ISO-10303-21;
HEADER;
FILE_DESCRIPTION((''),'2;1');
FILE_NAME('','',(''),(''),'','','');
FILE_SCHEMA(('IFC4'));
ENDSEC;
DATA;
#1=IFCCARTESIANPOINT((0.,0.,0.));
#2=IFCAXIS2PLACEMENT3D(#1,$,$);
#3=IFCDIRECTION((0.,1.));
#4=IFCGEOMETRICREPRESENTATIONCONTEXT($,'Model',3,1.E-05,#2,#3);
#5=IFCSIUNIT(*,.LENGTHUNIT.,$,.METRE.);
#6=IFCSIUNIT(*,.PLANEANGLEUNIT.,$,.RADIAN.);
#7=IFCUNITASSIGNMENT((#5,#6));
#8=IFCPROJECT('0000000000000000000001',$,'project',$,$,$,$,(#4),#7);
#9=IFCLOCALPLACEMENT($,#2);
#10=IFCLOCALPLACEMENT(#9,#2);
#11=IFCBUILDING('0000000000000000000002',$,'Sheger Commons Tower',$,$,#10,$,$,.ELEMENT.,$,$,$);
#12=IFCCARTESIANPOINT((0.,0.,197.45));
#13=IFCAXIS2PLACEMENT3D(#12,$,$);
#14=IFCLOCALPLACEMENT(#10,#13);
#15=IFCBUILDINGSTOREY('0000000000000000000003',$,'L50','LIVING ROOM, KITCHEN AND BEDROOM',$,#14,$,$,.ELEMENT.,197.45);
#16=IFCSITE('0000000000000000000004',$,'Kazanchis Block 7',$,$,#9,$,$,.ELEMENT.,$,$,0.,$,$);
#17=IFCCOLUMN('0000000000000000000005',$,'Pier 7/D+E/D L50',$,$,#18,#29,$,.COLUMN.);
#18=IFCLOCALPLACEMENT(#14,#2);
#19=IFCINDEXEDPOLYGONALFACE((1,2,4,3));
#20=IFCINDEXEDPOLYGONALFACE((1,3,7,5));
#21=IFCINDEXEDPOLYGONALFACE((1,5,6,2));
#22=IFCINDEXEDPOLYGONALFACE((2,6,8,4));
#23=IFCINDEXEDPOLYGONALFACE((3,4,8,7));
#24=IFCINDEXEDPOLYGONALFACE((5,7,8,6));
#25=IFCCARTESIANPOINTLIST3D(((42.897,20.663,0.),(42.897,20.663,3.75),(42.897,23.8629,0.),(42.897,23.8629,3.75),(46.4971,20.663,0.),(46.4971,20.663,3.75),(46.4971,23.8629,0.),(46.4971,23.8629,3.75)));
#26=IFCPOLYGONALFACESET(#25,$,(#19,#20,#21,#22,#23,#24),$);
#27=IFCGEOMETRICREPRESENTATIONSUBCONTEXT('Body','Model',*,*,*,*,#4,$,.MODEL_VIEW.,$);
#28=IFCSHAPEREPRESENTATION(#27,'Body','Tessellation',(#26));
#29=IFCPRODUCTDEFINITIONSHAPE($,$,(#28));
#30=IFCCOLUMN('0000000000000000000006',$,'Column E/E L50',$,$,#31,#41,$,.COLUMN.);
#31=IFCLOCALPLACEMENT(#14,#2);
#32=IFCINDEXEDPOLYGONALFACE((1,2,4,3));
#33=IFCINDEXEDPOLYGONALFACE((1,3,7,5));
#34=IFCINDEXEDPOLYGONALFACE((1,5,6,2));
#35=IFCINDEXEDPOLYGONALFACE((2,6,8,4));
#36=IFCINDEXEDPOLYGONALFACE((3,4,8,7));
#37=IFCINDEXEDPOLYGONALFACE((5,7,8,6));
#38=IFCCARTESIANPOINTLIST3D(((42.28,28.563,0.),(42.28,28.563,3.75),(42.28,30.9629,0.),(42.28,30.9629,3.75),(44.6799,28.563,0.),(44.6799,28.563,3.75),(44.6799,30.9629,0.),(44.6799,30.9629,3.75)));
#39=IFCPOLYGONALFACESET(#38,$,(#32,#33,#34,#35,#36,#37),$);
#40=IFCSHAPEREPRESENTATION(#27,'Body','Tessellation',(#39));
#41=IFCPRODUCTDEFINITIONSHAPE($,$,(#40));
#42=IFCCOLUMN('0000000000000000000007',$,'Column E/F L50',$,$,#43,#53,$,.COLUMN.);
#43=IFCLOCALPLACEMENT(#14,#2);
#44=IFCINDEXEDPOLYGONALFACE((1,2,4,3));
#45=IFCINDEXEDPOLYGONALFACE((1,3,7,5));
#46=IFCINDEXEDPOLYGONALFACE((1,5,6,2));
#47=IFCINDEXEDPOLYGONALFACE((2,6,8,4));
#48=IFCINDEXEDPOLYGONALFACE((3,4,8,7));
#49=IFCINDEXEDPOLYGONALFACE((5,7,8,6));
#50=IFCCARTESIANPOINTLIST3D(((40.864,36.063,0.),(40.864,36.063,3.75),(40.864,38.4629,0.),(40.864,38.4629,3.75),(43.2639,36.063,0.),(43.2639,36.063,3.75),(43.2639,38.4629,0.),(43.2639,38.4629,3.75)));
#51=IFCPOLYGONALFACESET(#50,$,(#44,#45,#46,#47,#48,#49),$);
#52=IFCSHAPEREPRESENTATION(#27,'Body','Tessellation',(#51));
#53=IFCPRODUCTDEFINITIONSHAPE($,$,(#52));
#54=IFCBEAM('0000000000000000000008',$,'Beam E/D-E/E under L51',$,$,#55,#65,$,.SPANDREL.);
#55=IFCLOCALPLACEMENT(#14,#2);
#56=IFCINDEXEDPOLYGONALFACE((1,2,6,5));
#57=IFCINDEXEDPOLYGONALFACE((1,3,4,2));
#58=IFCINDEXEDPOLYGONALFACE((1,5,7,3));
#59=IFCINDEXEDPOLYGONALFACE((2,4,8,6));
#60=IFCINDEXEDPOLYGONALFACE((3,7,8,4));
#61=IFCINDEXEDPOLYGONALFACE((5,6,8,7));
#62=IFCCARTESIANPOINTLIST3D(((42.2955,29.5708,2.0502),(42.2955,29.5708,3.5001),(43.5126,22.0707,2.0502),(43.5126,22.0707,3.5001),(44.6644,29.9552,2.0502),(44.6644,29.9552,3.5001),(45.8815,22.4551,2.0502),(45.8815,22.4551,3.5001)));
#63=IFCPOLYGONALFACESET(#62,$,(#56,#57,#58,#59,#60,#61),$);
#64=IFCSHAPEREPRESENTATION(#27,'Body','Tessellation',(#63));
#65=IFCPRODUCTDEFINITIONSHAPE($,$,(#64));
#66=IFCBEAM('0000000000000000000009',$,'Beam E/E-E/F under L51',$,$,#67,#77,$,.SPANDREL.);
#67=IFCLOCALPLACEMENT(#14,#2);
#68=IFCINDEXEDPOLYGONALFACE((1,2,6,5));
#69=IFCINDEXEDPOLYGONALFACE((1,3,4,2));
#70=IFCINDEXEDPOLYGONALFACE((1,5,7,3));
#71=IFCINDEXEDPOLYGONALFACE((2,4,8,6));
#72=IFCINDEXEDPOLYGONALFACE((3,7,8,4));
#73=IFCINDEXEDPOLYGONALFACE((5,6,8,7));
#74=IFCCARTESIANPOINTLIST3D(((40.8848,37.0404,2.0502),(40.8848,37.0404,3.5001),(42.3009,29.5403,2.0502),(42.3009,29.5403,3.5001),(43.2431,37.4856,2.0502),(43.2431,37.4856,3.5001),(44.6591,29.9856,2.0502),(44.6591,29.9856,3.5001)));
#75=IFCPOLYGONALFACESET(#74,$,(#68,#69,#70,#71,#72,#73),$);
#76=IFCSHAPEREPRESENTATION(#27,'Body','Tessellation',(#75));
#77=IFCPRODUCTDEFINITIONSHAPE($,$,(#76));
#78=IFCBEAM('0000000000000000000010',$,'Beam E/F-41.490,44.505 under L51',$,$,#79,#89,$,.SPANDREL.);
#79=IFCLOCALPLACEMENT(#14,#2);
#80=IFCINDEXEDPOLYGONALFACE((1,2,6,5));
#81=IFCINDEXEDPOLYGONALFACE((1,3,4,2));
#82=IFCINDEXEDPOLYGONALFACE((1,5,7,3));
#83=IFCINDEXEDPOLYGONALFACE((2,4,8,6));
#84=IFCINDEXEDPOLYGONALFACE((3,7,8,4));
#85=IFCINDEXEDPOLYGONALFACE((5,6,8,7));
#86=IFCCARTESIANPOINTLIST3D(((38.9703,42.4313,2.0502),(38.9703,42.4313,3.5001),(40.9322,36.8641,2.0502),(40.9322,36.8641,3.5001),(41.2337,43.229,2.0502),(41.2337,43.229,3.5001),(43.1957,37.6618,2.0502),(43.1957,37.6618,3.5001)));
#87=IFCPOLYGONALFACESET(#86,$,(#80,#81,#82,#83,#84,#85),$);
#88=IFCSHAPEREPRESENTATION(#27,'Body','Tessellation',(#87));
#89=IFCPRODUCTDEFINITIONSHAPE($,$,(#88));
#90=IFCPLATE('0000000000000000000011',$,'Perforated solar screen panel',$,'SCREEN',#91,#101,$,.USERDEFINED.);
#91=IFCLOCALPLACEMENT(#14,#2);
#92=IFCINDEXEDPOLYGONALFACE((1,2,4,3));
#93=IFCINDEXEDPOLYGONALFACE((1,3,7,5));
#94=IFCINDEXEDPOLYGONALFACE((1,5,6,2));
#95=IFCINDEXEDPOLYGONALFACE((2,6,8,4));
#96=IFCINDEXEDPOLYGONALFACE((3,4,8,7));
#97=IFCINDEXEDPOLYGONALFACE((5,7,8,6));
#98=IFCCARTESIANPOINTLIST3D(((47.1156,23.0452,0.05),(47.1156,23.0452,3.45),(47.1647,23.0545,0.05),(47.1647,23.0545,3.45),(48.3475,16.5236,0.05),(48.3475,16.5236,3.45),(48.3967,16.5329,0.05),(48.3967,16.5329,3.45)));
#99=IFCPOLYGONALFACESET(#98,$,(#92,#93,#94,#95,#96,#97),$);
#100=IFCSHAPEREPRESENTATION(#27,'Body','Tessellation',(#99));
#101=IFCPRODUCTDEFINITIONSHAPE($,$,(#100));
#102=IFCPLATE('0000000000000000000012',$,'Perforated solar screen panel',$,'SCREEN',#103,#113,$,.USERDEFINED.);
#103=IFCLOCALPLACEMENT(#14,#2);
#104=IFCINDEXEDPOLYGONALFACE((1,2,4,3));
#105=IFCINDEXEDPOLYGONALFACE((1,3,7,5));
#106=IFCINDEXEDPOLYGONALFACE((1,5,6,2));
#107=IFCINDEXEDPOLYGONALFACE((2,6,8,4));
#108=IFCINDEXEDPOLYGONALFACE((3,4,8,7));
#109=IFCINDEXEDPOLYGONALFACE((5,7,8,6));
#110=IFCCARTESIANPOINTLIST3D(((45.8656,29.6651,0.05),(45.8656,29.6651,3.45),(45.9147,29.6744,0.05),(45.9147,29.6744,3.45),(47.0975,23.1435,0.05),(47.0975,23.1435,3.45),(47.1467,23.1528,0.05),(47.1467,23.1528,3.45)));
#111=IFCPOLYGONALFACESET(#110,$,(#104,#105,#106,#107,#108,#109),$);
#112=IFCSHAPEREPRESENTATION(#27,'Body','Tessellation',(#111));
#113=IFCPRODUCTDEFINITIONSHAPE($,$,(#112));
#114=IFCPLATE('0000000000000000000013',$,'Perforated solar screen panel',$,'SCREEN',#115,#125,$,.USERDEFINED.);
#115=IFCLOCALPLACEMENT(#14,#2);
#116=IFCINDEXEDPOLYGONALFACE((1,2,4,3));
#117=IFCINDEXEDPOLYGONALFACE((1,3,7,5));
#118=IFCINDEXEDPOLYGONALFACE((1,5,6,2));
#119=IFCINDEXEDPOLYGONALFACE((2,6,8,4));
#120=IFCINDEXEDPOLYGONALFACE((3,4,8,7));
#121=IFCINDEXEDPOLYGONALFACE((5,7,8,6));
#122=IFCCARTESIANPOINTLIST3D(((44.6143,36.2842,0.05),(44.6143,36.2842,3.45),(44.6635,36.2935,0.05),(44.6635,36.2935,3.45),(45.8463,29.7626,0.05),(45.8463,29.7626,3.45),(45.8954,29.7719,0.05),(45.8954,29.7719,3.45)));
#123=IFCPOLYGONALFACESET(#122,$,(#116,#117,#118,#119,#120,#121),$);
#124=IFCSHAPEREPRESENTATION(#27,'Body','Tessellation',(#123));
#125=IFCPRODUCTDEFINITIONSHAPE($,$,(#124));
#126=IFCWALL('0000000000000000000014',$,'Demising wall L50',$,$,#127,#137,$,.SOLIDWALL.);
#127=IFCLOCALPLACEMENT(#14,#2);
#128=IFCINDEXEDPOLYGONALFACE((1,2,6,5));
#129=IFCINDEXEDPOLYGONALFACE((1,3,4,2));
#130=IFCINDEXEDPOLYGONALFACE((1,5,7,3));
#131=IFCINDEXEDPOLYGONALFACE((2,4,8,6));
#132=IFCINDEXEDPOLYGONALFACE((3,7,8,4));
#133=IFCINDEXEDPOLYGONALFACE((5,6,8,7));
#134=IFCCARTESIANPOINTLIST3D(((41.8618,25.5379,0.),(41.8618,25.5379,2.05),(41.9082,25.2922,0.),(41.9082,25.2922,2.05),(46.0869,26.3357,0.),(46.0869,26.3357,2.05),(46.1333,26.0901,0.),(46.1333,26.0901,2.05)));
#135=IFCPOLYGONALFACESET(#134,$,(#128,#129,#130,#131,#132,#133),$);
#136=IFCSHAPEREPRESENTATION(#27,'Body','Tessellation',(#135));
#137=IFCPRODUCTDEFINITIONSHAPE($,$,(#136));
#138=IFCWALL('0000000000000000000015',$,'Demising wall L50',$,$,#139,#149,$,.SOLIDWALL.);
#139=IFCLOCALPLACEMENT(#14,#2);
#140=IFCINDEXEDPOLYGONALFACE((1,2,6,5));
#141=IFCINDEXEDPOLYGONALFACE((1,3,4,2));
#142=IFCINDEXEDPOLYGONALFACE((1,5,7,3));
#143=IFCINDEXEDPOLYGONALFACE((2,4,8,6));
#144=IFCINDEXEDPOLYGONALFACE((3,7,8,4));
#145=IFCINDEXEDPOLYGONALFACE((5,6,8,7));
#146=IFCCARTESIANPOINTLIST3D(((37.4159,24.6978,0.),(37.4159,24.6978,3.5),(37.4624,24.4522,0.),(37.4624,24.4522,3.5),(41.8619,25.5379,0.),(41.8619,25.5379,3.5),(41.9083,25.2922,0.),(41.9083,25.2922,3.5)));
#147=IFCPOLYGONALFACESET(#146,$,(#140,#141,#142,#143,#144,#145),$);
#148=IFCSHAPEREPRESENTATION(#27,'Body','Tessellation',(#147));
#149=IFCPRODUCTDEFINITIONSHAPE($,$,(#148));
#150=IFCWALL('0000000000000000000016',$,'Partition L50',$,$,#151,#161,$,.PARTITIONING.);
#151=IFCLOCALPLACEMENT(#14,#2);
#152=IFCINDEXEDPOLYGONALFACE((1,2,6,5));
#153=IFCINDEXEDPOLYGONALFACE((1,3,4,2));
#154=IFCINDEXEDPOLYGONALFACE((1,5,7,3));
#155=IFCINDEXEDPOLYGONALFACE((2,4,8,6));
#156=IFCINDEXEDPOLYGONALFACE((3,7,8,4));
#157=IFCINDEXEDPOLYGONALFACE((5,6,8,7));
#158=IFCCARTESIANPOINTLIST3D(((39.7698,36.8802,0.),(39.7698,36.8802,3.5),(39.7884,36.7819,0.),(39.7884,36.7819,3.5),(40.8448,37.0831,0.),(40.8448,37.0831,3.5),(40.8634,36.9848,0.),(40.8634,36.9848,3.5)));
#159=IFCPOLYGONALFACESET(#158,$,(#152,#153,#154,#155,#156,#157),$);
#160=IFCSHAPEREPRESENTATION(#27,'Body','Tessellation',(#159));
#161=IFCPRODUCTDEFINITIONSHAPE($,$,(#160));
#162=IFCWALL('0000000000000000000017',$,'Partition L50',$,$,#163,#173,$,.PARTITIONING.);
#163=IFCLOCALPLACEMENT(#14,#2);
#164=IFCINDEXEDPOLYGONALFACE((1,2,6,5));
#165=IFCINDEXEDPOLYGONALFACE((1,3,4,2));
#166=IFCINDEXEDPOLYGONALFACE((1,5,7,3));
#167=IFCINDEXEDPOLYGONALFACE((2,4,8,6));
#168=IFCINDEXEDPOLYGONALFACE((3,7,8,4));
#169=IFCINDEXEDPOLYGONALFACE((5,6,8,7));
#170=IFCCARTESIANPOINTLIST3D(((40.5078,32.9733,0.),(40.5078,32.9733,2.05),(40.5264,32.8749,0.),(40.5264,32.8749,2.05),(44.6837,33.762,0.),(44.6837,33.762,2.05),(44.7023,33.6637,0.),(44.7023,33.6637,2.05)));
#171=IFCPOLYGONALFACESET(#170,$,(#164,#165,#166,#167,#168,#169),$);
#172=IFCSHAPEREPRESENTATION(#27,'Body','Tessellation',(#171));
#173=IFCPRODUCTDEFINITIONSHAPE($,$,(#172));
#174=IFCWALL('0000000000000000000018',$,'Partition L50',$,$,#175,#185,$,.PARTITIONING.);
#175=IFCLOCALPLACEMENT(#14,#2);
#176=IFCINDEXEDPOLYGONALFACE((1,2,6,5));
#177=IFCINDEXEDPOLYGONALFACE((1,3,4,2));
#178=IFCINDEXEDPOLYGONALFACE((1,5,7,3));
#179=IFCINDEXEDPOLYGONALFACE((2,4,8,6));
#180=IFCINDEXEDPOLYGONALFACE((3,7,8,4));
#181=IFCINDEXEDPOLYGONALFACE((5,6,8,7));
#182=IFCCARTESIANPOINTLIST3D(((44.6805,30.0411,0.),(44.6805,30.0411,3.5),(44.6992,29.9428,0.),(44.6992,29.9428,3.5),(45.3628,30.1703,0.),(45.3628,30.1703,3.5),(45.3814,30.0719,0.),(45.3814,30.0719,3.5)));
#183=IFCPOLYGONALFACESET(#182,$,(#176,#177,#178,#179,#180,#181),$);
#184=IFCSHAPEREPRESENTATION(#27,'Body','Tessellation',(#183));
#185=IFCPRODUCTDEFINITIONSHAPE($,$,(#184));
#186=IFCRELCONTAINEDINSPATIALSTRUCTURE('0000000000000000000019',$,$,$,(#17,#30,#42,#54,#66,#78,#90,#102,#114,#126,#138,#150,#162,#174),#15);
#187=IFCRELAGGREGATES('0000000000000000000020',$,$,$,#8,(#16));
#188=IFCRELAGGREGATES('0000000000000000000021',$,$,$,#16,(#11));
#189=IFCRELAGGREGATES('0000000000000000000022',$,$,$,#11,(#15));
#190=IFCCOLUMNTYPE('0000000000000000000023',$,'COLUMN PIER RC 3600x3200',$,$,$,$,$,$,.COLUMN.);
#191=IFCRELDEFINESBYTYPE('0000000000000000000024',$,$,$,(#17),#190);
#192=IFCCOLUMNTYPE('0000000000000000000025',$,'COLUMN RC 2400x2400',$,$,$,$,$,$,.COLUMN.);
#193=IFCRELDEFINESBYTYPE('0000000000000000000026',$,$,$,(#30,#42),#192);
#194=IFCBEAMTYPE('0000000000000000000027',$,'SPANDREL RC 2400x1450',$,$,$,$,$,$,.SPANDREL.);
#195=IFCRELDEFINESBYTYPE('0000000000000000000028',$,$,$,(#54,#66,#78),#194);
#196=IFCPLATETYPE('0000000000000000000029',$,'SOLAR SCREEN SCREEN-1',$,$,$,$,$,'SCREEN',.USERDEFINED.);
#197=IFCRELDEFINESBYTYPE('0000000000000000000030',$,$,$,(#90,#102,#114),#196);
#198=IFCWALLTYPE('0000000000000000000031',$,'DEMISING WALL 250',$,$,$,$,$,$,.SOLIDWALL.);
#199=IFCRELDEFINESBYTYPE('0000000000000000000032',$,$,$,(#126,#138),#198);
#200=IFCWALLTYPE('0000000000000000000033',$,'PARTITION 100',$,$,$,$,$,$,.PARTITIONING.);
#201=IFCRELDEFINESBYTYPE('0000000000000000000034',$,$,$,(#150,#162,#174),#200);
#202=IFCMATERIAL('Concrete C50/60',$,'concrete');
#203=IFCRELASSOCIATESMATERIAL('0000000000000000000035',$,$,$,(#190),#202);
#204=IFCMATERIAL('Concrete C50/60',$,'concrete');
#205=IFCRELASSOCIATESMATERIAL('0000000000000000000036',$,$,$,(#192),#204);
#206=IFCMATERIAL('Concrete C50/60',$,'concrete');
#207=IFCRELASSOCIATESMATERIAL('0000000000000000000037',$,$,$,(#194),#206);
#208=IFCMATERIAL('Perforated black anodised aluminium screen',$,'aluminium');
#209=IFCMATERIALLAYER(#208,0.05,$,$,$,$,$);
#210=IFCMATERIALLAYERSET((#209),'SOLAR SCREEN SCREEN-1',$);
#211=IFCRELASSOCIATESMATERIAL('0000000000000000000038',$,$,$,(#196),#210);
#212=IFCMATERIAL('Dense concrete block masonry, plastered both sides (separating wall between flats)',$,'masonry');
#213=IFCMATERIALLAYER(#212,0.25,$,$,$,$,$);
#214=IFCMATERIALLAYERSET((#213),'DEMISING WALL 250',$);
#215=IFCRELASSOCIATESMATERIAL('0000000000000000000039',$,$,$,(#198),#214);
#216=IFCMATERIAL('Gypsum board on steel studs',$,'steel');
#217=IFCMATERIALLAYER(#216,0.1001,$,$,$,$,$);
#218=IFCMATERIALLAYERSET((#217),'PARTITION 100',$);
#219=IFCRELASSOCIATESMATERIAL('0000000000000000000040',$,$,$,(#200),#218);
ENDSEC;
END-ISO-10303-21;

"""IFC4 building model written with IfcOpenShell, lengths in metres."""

from ifc_helpers import new_model, si_unit, direction, frame, frame_2d, origin, origin_2d, place, context, subcontext, project, spatial, rectangle, extrude, material, layer, layer_set, material_profile, profile_set, type_object, element, save


model = new_model("IFC4")

# Units and contexts
model_context = context("Model", 3, precision=1e-05, world=origin(), true_north=direction((0.0, 1.0)))
body_context = subcontext(model_context, "Body", "Model", "MODEL_VIEW")
ifc_project = project(units=[si_unit("LENGTHUNIT", "METRE"), si_unit("PLANEANGLEUNIT", "RADIAN")], contexts=[model_context])

# Site, building, storey
site_placement = place(None, origin())
site = spatial("IfcSite", under=ifc_project, at=site_placement, Name="Kazanchis Block 7", CompositionType="ELEMENT", RefElevation=0.0)
building_placement = place(site_placement, origin())
building = spatial("IfcBuilding", under=site, at=building_placement, Name="Sheger Commons Tower", CompositionType="ELEMENT")
storey_placement = place(building_placement, frame((0.0, 0.0, 197.45)))
storey = spatial("IfcBuildingStorey", under=building, at=storey_placement, Name="L50", Description="LIVING ROOM, KITCHEN AND BEDROOM", CompositionType="ELEMENT", Elevation=197.45)

# Columns
ifc_material_1 = material(Name="Concrete C50/60", Category="concrete")
ifc_material_profile_1 = material_profile(ifc_material_1, rectangle(XDim=3.6001, YDim=3.2, at=origin_2d()), Name="RC 3600x3200")
ifc_profile_set_1 = profile_set([ifc_material_profile_1], Name="Concrete C50/60")
column_type_1 = type_object("IfcColumnType", Name="COLUMN PIER RC 3600x3200", PredefinedType="COLUMN", material=ifc_profile_set_1)
column_placement = place(storey_placement, frame((44.697, 22.2629, 0.0), z_axis=(0.0, 0.0, 1.0), x_axis=(1.0, 0.0, 0.0)))
element("IfcColumn", 1, at=column_placement, inside=storey, type_object=column_type_1, Name="Pier 7/D+E/D L50", PredefinedType="COLUMN", context=body_context, shape_type="SweptSolid", body=[
    extrude(rectangle(XDim=3.6001, YDim=3.2, at=origin_2d()), origin(), (0.0, 0.0, 1.0), 3.75),
])
ifc_material_2 = material(Name="Concrete C50/60", Category="concrete")
ifc_material_profile_2 = material_profile(ifc_material_2, rectangle(XDim=2.3999, YDim=2.3999, at=origin_2d()), Name="RC 2400x2400")
ifc_profile_set_2 = profile_set([ifc_material_profile_2], Name="Concrete C50/60")
column_type_2 = type_object("IfcColumnType", Name="COLUMN RC 2400x2400", PredefinedType="COLUMN", material=ifc_profile_set_2)
for number, where, z_axis, x_axis, name in (
    (2, (43.48, 29.7629, 0.0), (0.0, 0.0, 1.0), (1.0, 0.0, 0.0), "Column E/E L50"),
    (3, (42.064, 37.2629, 0.0), (0.0, 0.0, 1.0), (1.0, 0.0, 0.0), "Column E/F L50"),
):
    element("IfcColumn", number, at=place(storey_placement, frame(where, z_axis=z_axis, x_axis=x_axis)), inside=storey, type_object=column_type_2, Name=name, PredefinedType="COLUMN", context=body_context, shape_type="SweptSolid", body=[
        extrude(rectangle(XDim=2.3999, YDim=2.3999, at=origin_2d()), origin(), (0.0, 0.0, 1.0), 3.75),
    ])

# Beams
ifc_material_3 = material(Name="Concrete C50/60", Category="concrete")
ifc_material_profile_3 = material_profile(ifc_material_3, rectangle(XDim=2.3999, YDim=1.45, at=origin_2d()), Name="RC 2400x1450")
ifc_profile_set_3 = profile_set([ifc_material_profile_3], Name="Concrete C50/60")
beam_type = type_object("IfcBeamType", Name="SPANDREL RC 2400x1450", PredefinedType="SPANDREL", material=ifc_profile_set_3)
beam_1_placement = place(storey_placement, frame((44.697, 22.2629, 2.7751), z_axis=(-0.160177, 0.987088, 0.0), x_axis=(-0.987088, -0.160177, 0.0)))
element("IfcBeam", 4, at=beam_1_placement, inside=storey, type_object=beam_type, Name="Beam E/D-E/E under L51", PredefinedType="SPANDREL", context=body_context, shape_type="SweptSolid", body=[
    extrude(rectangle(XDim=2.3999, YDim=1.45, at=origin_2d()), origin(), (0.0, 0.0, 1.0), 7.5981),
])
beam_2_placement = place(storey_placement, frame((43.48, 29.7629, 2.7751), z_axis=(-0.185524, 0.98264, 0.0), x_axis=(-0.98264, -0.185524, 0.0)))
element("IfcBeam", 5, at=beam_2_placement, inside=storey, type_object=beam_type, Name="Beam E/E-E/F under L51", PredefinedType="SPANDREL", context=body_context, shape_type="SweptSolid", body=[
    extrude(rectangle(XDim=2.3999, YDim=1.45, at=origin_2d()), origin(), (0.0, 0.0, 1.0), 7.6326),
])
beam_3_placement = place(storey_placement, frame((42.064, 37.2629, 2.7751), z_axis=(-0.332374, 0.943148, 0.0), x_axis=(-0.943148, -0.332374, 0.0)))
element("IfcBeam", 6, at=beam_3_placement, inside=storey, type_object=beam_type, Name="Beam E/F-41.490,44.505 under L51", PredefinedType="SPANDREL", context=body_context, shape_type="SweptSolid", body=[
    extrude(rectangle(XDim=2.3999, YDim=1.45, at=origin_2d()), origin(), (0.0, 0.0, 1.0), 5.9028),
])

# Plates
ifc_material_4 = material(Name="Perforated black anodised aluminium screen", Category="aluminium")
ifc_layer_1 = layer(ifc_material_4, 0.05)
ifc_layer_set_1 = layer_set([ifc_layer_1], Name="SOLAR SCREEN SCREEN-1")
plate_type = type_object("IfcPlateType", Name="SOLAR SCREEN SCREEN-1", ElementType="SCREEN", PredefinedType="USERDEFINED", material=ifc_layer_set_1)
for number, where, z_axis, x_axis, name in (
    (7, (47.7561, 19.7891, 0.05), (0.0, 0.0, 1.0), (-0.185615, 0.982623, 0.0), "Perforated solar screen panel"),
    (8, (46.5061, 26.4089, 0.05), (0.0, 0.0, 1.0), (-0.185615, 0.982623, 0.0), "Perforated solar screen panel"),
    (9, (45.2549, 33.0281, 0.05), (0.0, 0.0, 1.0), (-0.185615, 0.982623, 0.0), "Perforated solar screen panel"),
):
    element("IfcPlate", number, at=place(storey_placement, frame(where, z_axis=z_axis, x_axis=x_axis)), inside=storey, type_object=plate_type, Name=name, ObjectType="SCREEN", PredefinedType="USERDEFINED", context=body_context, shape_type="SweptSolid", body=[
        extrude(rectangle(XDim=6.637, YDim=0.05, at=origin_2d()), origin(), (0.0, 0.0, 1.0), 3.3999),
    ])

# Walls
ifc_material_5 = material(Name="Dense concrete block masonry, plastered both sides (separating wall between flats)", Category="masonry")
ifc_layer_2 = layer(ifc_material_5, 0.25)
ifc_layer_set_2 = layer_set([ifc_layer_2], Name="DEMISING WALL 250")
wall_type_1 = type_object("IfcWallType", Name="DEMISING WALL 250", PredefinedType="SOLIDWALL", material=ifc_layer_set_2)
wall_1_placement = place(storey_placement, frame((46.1101, 26.2129, 0.0), z_axis=(0.0, 0.0, 1.0), x_axis=(-0.982634, -0.185557, 0.0)))
element("IfcWall", 10, at=wall_1_placement, inside=storey, type_object=wall_type_1, Name="Demising wall L50", PredefinedType="SOLIDWALL", context=body_context, shape_type="SweptSolid", body=[
    extrude(rectangle(XDim=4.2998, YDim=0.25, at=frame_2d((2.1499, 0.0))), origin(), (0.0, 0.0, 1.0), 2.05),
])
wall_2_placement = place(storey_placement, frame((41.885, 25.415, 0.0), z_axis=(0.0, 0.0, 1.0), x_axis=(-0.982613, -0.185666, 0.0)))
element("IfcWall", 11, at=wall_2_placement, inside=storey, type_object=wall_type_1, Name="Demising wall L50", PredefinedType="SOLIDWALL", context=body_context, shape_type="SweptSolid", body=[
    extrude(rectangle(XDim=4.5247, YDim=0.25, at=frame_2d((2.2622, 0.0))), origin(), (0.0, 0.0, 1.0), 3.5),
])
ifc_material_6 = material(Name="Gypsum board on steel studs", Category="steel")
ifc_layer_3 = layer(ifc_material_6, 0.1001)
ifc_layer_set_3 = layer_set([ifc_layer_3], Name="PARTITION 100")
wall_type_2 = type_object("IfcWallType", Name="PARTITION 100", PredefinedType="PARTITIONING", material=ifc_layer_set_3)
wall_3_placement = place(storey_placement, frame((40.854, 37.0339, 0.0), z_axis=(0.0, 0.0, 1.0), x_axis=(-0.982652, -0.185461, 0.0)))
element("IfcWall", 12, at=wall_3_placement, inside=storey, type_object=wall_type_2, Name="Partition L50", PredefinedType="PARTITIONING", context=body_context, shape_type="SweptSolid", body=[
    extrude(rectangle(XDim=1.094, YDim=0.1001, at=frame_2d((0.5469, 0.0))), origin(), (0.0, 0.0, 1.0), 3.5),
])
wall_4_placement = place(storey_placement, frame((44.6931, 33.7129, 0.0), z_axis=(0.0, 0.0, 1.0), x_axis=(-0.982624, -0.18561, 0.0)))
element("IfcWall", 13, at=wall_4_placement, inside=storey, type_object=wall_type_2, Name="Partition L50", PredefinedType="PARTITIONING", context=body_context, shape_type="SweptSolid", body=[
    extrude(rectangle(XDim=4.2498, YDim=0.1001, at=frame_2d((2.125, 0.0))), origin(), (0.0, 0.0, 1.0), 2.05),
])
wall_5_placement = place(storey_placement, frame((45.3721, 30.1211, 0.0), z_axis=(0.0, 0.0, 1.0), x_axis=(-0.982544, -0.186029, 0.0)))
element("IfcWall", 14, at=wall_5_placement, inside=storey, type_object=wall_type_2, Name="Partition L50", PredefinedType="PARTITIONING", context=body_context, shape_type="SweptSolid", body=[
    extrude(rectangle(XDim=0.6943, YDim=0.1001, at=frame_2d((0.3472, 0.0))), origin(), (0.0, 0.0, 1.0), 3.5),
])

save(model, "model.ifc")
